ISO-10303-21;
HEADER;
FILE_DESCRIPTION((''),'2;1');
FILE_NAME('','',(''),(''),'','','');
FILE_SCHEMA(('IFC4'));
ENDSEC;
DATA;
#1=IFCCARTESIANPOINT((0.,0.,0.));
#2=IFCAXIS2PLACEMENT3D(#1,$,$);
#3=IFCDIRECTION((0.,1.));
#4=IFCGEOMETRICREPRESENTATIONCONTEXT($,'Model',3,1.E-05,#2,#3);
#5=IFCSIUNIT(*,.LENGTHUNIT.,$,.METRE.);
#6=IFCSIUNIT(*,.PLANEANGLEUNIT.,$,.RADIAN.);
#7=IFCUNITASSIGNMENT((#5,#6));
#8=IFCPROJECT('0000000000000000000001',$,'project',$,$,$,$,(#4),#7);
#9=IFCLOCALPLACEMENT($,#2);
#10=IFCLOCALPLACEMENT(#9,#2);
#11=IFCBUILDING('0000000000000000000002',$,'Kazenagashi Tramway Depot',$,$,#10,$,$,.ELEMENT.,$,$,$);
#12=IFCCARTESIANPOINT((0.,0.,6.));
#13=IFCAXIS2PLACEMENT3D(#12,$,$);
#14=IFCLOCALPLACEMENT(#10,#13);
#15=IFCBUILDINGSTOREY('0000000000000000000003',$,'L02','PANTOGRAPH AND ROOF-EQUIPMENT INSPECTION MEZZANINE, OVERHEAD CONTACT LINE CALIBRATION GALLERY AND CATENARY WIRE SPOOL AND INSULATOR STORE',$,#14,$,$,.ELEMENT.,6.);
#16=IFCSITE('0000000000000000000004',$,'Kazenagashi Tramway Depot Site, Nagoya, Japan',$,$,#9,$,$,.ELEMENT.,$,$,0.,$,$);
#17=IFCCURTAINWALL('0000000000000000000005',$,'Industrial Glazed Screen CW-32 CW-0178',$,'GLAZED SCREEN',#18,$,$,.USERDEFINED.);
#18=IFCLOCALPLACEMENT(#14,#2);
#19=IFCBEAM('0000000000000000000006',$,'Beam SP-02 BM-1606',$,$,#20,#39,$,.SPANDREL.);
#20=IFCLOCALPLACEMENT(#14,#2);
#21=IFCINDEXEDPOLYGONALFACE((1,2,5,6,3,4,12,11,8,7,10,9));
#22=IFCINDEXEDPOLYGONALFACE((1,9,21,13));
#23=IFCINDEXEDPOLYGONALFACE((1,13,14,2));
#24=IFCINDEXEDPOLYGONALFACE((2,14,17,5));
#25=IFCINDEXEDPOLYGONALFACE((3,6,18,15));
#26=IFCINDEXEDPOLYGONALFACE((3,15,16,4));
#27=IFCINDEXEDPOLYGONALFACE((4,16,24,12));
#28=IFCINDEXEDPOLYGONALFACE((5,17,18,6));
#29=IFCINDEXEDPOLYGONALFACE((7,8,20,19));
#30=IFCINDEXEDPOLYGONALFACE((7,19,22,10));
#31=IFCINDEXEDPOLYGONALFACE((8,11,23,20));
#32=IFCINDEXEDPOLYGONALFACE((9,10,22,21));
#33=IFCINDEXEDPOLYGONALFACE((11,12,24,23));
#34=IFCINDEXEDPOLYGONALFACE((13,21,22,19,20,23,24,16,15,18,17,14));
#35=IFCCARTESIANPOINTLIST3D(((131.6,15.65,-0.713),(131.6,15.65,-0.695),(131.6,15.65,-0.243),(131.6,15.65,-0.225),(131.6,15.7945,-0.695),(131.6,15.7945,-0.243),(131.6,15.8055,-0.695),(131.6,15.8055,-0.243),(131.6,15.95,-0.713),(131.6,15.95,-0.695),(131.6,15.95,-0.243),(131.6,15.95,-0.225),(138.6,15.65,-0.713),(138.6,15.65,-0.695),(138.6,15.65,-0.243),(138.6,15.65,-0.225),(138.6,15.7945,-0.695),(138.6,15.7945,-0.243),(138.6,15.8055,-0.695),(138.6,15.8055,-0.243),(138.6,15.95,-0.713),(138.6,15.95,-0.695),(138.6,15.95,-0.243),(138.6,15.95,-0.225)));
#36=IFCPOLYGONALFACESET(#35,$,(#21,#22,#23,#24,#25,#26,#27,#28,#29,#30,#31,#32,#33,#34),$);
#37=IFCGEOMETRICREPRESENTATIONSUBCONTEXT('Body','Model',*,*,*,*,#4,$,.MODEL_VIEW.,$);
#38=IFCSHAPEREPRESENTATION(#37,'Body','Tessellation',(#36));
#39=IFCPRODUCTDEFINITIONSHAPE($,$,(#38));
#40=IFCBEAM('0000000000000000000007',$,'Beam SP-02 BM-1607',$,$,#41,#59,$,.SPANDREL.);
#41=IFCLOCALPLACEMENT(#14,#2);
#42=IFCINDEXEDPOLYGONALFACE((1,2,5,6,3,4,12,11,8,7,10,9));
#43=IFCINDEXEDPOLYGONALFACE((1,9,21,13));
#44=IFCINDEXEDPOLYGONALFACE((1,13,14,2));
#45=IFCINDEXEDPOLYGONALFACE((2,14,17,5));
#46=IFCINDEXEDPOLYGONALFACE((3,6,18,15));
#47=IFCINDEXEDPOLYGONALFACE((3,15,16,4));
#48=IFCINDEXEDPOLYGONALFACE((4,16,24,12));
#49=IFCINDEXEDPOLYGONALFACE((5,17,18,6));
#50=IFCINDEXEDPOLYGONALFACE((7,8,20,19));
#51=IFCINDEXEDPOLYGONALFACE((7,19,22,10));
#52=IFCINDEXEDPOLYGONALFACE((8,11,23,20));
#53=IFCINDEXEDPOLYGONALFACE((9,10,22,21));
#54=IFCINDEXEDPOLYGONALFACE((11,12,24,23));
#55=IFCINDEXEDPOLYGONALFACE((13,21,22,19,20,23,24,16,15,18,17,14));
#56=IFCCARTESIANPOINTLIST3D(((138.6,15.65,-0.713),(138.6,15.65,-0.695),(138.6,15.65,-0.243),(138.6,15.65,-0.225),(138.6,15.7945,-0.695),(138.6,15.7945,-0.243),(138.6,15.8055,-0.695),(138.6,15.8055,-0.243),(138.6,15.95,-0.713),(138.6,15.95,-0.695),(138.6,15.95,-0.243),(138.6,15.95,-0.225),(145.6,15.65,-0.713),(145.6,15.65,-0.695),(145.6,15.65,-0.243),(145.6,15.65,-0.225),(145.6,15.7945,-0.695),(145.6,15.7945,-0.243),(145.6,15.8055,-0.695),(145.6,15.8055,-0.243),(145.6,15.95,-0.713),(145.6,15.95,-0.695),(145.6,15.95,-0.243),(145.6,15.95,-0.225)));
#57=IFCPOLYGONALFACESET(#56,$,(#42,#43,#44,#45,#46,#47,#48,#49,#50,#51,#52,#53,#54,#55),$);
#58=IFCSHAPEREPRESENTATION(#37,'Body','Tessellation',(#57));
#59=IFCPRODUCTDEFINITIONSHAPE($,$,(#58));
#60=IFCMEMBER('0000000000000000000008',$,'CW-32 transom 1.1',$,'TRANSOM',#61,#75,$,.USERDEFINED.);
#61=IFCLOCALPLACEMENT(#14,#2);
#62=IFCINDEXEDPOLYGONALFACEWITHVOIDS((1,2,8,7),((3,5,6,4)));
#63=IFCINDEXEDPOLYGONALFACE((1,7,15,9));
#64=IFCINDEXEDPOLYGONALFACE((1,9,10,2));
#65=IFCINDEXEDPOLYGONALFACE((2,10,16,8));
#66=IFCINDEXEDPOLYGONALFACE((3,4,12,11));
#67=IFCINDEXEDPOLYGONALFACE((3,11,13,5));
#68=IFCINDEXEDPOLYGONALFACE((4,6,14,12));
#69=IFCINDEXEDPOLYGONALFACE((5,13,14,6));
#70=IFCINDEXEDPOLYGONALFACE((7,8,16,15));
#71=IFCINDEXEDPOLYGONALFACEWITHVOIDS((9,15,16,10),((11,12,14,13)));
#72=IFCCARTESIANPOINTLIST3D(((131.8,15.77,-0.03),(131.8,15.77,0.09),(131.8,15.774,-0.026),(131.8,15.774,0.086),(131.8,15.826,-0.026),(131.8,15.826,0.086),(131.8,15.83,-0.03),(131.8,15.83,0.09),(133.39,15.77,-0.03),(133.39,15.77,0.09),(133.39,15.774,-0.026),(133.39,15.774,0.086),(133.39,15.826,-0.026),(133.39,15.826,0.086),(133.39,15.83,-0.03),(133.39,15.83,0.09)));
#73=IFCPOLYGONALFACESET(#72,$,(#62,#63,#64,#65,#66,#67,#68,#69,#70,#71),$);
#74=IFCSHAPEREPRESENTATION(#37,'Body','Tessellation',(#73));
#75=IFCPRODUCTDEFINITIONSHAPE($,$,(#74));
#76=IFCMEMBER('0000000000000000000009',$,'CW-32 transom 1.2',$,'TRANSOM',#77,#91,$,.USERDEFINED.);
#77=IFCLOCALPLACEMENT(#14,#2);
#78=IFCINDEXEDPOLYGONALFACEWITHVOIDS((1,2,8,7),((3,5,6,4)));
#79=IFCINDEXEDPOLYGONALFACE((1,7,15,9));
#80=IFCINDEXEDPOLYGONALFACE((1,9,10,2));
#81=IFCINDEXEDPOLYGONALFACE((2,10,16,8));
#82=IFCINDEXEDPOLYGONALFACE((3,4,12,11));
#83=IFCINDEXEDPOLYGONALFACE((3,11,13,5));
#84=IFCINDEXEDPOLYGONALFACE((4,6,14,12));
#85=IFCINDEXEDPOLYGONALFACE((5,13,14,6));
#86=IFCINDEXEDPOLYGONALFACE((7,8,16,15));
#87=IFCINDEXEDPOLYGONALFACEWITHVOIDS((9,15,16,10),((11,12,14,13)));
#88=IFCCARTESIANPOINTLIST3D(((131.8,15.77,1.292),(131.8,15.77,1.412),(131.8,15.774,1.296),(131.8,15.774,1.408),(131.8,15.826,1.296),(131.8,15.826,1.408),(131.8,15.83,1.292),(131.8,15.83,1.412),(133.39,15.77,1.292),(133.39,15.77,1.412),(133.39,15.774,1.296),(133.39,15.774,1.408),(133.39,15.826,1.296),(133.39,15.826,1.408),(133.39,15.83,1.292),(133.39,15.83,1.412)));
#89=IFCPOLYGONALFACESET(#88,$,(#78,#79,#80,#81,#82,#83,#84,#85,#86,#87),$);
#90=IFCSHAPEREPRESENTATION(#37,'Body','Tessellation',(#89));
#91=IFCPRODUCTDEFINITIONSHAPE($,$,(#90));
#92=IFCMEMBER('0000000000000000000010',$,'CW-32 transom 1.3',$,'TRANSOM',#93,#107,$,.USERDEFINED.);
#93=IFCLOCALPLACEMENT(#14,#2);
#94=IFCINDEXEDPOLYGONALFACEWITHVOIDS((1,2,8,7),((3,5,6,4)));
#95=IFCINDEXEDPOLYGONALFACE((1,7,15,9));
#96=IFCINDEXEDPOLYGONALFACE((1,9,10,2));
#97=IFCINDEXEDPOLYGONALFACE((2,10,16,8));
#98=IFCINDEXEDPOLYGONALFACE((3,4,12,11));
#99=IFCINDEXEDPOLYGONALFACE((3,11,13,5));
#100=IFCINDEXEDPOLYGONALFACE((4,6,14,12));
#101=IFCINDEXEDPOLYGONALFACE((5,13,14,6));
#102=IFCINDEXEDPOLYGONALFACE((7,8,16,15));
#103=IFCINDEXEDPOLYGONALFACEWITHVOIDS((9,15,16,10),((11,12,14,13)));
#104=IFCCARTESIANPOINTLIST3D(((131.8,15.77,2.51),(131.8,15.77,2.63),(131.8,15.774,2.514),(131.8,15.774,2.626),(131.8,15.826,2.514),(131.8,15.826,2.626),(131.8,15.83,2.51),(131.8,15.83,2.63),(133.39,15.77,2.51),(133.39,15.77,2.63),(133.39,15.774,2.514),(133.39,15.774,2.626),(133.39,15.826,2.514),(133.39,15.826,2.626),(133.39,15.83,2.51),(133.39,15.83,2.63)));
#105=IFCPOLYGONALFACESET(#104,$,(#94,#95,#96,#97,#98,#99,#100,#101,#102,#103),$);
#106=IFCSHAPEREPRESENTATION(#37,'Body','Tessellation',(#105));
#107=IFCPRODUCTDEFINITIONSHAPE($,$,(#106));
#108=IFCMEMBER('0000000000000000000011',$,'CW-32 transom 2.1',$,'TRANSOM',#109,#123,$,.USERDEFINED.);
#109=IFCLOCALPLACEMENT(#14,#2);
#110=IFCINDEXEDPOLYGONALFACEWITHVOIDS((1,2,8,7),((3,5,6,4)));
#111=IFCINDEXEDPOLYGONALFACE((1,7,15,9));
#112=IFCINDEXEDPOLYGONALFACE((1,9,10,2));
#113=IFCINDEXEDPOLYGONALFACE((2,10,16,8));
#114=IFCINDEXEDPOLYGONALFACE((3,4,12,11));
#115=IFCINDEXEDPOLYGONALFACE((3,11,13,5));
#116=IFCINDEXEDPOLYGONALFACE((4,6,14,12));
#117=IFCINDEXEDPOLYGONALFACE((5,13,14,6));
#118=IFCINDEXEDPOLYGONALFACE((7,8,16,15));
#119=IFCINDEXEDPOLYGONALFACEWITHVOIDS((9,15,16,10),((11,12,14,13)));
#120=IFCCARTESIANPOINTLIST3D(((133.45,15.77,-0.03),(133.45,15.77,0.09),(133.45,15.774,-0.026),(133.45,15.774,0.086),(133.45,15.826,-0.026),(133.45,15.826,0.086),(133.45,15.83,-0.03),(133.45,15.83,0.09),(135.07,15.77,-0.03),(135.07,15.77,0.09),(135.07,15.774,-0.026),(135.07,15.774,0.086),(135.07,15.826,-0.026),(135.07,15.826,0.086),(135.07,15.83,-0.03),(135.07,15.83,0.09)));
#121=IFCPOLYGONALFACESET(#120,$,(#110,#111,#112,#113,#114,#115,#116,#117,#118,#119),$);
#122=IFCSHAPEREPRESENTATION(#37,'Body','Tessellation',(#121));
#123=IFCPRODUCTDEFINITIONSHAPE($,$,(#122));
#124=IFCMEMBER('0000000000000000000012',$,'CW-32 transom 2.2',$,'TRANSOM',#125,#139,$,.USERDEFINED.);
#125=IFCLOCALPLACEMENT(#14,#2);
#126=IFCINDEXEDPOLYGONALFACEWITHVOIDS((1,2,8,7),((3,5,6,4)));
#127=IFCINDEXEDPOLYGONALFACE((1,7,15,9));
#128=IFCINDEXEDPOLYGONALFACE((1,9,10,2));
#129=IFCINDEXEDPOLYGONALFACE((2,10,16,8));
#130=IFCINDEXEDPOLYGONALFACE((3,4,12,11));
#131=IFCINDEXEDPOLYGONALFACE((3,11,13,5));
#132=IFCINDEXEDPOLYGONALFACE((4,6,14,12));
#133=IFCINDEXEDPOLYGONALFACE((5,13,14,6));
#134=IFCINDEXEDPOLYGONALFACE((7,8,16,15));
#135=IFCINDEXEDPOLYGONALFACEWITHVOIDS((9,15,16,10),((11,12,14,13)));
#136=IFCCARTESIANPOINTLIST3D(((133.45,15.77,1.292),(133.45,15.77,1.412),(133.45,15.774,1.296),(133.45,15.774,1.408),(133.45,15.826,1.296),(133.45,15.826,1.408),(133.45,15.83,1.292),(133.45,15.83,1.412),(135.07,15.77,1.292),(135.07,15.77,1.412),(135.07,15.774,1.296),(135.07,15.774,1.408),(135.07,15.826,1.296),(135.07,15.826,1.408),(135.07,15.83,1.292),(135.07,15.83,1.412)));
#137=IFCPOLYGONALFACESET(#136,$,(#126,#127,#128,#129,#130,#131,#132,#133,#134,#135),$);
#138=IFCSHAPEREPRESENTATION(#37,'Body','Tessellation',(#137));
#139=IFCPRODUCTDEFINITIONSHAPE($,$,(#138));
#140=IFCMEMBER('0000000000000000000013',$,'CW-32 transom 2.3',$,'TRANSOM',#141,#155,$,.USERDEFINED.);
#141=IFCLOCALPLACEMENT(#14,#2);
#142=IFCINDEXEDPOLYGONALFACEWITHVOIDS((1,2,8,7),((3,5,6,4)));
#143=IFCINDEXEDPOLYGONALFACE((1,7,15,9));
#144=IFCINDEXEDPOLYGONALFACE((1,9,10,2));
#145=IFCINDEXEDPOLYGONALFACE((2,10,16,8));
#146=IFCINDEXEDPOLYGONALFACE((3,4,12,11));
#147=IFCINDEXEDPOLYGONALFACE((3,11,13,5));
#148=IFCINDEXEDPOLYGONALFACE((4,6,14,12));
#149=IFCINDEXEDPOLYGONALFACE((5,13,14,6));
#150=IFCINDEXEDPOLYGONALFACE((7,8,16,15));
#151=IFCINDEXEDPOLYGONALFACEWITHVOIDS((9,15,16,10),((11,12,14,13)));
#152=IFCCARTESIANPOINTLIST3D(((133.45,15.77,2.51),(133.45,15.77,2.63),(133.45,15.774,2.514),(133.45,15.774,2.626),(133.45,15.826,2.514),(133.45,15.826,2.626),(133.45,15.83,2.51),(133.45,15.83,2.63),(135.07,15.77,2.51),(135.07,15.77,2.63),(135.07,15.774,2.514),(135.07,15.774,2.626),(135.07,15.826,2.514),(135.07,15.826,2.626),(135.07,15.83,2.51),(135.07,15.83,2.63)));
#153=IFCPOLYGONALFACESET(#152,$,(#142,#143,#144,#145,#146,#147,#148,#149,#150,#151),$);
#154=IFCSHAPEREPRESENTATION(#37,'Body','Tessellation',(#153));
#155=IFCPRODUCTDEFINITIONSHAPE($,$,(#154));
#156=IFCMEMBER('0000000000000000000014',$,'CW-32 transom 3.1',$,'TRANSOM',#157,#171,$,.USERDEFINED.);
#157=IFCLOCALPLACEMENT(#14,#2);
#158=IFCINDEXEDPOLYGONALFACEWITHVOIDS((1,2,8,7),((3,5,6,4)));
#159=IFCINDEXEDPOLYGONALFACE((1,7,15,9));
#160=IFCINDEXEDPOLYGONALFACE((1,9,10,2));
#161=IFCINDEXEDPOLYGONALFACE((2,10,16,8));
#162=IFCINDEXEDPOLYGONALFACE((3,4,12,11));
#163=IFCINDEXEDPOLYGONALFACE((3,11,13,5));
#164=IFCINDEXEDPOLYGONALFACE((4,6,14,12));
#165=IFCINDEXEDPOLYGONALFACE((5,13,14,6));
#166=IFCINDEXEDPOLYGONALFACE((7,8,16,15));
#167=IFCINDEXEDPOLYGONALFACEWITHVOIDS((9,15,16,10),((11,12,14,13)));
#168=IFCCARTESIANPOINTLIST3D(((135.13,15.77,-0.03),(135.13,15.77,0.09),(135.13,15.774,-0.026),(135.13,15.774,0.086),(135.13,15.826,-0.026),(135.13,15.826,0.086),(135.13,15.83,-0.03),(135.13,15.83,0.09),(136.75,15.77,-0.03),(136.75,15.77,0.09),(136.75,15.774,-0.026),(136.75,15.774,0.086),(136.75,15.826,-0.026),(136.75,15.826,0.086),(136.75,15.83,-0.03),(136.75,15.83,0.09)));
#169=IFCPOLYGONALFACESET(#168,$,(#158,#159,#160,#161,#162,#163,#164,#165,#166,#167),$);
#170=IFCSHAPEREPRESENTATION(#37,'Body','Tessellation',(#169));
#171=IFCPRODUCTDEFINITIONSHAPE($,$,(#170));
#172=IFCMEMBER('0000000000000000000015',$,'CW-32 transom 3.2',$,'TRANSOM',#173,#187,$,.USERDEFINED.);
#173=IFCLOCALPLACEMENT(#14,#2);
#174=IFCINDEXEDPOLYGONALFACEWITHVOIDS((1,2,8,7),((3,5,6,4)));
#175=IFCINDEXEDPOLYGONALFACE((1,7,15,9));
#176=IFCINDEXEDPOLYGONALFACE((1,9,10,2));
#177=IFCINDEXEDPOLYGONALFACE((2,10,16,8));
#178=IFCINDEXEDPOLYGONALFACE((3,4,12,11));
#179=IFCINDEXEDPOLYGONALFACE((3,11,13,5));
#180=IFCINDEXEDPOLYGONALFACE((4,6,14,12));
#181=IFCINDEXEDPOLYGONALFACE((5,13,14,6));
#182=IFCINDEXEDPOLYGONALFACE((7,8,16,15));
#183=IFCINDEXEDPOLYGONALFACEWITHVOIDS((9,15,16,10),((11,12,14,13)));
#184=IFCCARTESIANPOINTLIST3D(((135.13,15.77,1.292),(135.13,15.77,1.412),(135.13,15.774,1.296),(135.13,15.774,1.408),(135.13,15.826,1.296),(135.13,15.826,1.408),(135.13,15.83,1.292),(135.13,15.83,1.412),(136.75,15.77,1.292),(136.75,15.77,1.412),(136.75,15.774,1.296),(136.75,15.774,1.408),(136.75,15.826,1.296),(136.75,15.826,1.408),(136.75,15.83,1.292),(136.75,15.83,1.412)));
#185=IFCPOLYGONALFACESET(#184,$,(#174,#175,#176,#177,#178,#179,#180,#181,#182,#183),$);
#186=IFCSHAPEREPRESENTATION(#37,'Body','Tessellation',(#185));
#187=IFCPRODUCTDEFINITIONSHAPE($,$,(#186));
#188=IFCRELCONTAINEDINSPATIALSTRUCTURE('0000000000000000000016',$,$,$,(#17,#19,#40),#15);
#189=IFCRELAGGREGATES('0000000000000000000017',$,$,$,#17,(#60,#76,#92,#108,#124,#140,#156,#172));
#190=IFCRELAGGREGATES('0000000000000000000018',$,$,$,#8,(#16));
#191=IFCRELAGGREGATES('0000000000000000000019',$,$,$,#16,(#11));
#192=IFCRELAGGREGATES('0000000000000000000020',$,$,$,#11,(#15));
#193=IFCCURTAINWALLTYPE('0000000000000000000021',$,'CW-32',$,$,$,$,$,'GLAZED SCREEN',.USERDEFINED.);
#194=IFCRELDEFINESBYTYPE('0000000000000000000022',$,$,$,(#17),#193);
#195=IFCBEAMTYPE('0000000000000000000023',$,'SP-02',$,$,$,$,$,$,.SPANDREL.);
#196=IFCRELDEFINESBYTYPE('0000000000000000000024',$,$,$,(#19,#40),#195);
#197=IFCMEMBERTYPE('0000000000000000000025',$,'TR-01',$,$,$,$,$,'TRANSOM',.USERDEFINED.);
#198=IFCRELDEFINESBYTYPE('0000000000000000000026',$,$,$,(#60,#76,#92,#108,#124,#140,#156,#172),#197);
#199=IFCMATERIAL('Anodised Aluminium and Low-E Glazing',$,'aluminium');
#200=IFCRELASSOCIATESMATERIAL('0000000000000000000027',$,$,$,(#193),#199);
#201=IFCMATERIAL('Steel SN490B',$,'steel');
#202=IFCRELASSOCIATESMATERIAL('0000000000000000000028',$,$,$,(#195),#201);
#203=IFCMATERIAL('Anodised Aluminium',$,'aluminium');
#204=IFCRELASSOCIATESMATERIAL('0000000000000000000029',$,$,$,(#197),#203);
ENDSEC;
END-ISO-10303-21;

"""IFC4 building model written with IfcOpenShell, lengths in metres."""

from ifc_helpers import new_model, si_unit, direction, frame, origin, origin_2d, place, context, subcontext, project, spatial, hollow_rectangle, i_section, extrude, material, material_profile, profile_set, type_object, element, aggregate, save


model = new_model("IFC4")

# Units and contexts
model_context = context("Model", 3, precision=1e-05, world=origin(), true_north=direction((0.0, 1.0)))
body_context = subcontext(model_context, "Body", "Model", "MODEL_VIEW")
ifc_project = project(units=[si_unit("LENGTHUNIT", "METRE"), si_unit("PLANEANGLEUNIT", "RADIAN")], contexts=[model_context])

# Site, building, storey
site_placement = place(None, origin())
site = spatial("IfcSite", under=ifc_project, at=site_placement, Name="Kazenagashi Tramway Depot Site, Nagoya, Japan", CompositionType="ELEMENT", RefElevation=0.0)
building_placement = place(site_placement, origin())
building = spatial("IfcBuilding", under=site, at=building_placement, Name="Kazenagashi Tramway Depot", CompositionType="ELEMENT")
storey_placement = place(building_placement, frame((0.0, 0.0, 6.0)))
storey = spatial("IfcBuildingStorey", under=building, at=storey_placement, Name="L02", Description="PANTOGRAPH AND ROOF-EQUIPMENT INSPECTION MEZZANINE, OVERHEAD CONTACT LINE CALIBRATION GALLERY AND CATENARY WIRE SPOOL AND INSULATOR STORE", CompositionType="ELEMENT", Elevation=6.0)

# Curtain wall
ifc_material_1 = material(Name="Anodised Aluminium and Low-E Glazing", Category="aluminium")
curtain_wall_type = type_object("IfcCurtainWallType", Name="CW-32", ElementType="GLAZED SCREEN", PredefinedType="USERDEFINED", material=ifc_material_1)
curtain_wall_1_placement = place(storey_placement, origin())
curtain_wall_1 = element("IfcCurtainWall", 1, at=curtain_wall_1_placement, inside=storey, type_object=curtain_wall_type, Name="Industrial Glazed Screen CW-32 CW-0178", ObjectType="GLAZED SCREEN", PredefinedType="USERDEFINED")
ifc_material_2 = material(Name="Anodised Aluminium", Category="aluminium")

# Beams
ifc_material_3 = material(Name="Steel SN490B", Category="steel")
ifc_material_profile_1 = material_profile(ifc_material_3, i_section(OverallWidth=0.3, OverallDepth=0.488, WebThickness=0.011, FlangeThickness=0.018, at=origin_2d()), Name="H-488x300x11x18")
ifc_profile_set_1 = profile_set([ifc_material_profile_1], Name="Steel SN490B")
beam_type_1 = type_object("IfcBeamType", Name="SP-02", PredefinedType="SPANDREL", material=ifc_profile_set_1)
for number, where, z_axis, x_axis, name in (
    (2, (131.6, 15.8, -0.469), (1.0, 0.0, 0.0), (0.0, 1.0, 0.0), "Beam SP-02 BM-1606"),
    (3, (138.6, 15.8, -0.469), (1.0, 0.0, 0.0), (0.0, 1.0, 0.0), "Beam SP-02 BM-1607"),
):
    element("IfcBeam", number, at=place(storey_placement, frame(where, z_axis=z_axis, x_axis=x_axis)), inside=storey, type_object=beam_type_1, Name=name, PredefinedType="SPANDREL", context=body_context, shape_type="SweptSolid", body=[
        extrude(i_section(OverallWidth=0.3, OverallDepth=0.488, WebThickness=0.011, FlangeThickness=0.018, at=origin_2d()), origin(), (0.0, 0.0, 1.0), 7.0),
    ])

# Members
ifc_material_profile_2 = material_profile(ifc_material_2, hollow_rectangle(XDim=0.06, YDim=0.12, WallThickness=0.004, at=origin_2d()), Name="RHS-120x60x4")
ifc_profile_set_2 = profile_set([ifc_material_profile_2], Name="Anodised Aluminium")
member_type_1 = type_object("IfcMemberType", Name="TR-01", ElementType="TRANSOM", PredefinedType="USERDEFINED", material=ifc_profile_set_2)
member_1_placement = place(storey_placement, frame((131.8, 15.8, 0.03), z_axis=(1.0, 0.0, 0.0), x_axis=(0.0, 1.0, 0.0)))
member_1 = element("IfcMember", 4, at=member_1_placement, type_object=member_type_1, Name="CW-32 transom 1.1", ObjectType="TRANSOM", PredefinedType="USERDEFINED", context=body_context, shape_type="SweptSolid", body=[
    extrude(hollow_rectangle(XDim=0.06, YDim=0.12, WallThickness=0.004, at=origin_2d()), origin(), (0.0, 0.0, 1.0), 1.59),
])
member_2_placement = place(storey_placement, frame((131.8, 15.8, 1.352), z_axis=(1.0, 0.0, 0.0), x_axis=(0.0, 1.0, 0.0)))
member_2 = element("IfcMember", 5, at=member_2_placement, type_object=member_type_1, Name="CW-32 transom 1.2", ObjectType="TRANSOM", PredefinedType="USERDEFINED", context=body_context, shape_type="SweptSolid", body=[
    extrude(hollow_rectangle(XDim=0.06, YDim=0.12, WallThickness=0.004, at=origin_2d()), origin(), (0.0, 0.0, 1.0), 1.59),
])
member_3_placement = place(storey_placement, frame((131.8, 15.8, 2.57), z_axis=(1.0, 0.0, 0.0), x_axis=(0.0, 1.0, 0.0)))
member_3 = element("IfcMember", 6, at=member_3_placement, type_object=member_type_1, Name="CW-32 transom 1.3", ObjectType="TRANSOM", PredefinedType="USERDEFINED", context=body_context, shape_type="SweptSolid", body=[
    extrude(hollow_rectangle(XDim=0.06, YDim=0.12, WallThickness=0.004, at=origin_2d()), origin(), (0.0, 0.0, 1.0), 1.59),
])
member_4_placement = place(storey_placement, frame((133.45, 15.8, 0.03), z_axis=(1.0, 0.0, 0.0), x_axis=(0.0, 1.0, 0.0)))
member_4 = element("IfcMember", 7, at=member_4_placement, type_object=member_type_1, Name="CW-32 transom 2.1", ObjectType="TRANSOM", PredefinedType="USERDEFINED", context=body_context, shape_type="SweptSolid", body=[
    extrude(hollow_rectangle(XDim=0.06, YDim=0.12, WallThickness=0.004, at=origin_2d()), origin(), (0.0, 0.0, 1.0), 1.62),
])
member_5_placement = place(storey_placement, frame((133.45, 15.8, 1.352), z_axis=(1.0, 0.0, 0.0), x_axis=(0.0, 1.0, 0.0)))
member_5 = element("IfcMember", 8, at=member_5_placement, type_object=member_type_1, Name="CW-32 transom 2.2", ObjectType="TRANSOM", PredefinedType="USERDEFINED", context=body_context, shape_type="SweptSolid", body=[
    extrude(hollow_rectangle(XDim=0.06, YDim=0.12, WallThickness=0.004, at=origin_2d()), origin(), (0.0, 0.0, 1.0), 1.62),
])
member_6_placement = place(storey_placement, frame((133.45, 15.8, 2.57), z_axis=(1.0, 0.0, 0.0), x_axis=(0.0, 1.0, 0.0)))
member_6 = element("IfcMember", 9, at=member_6_placement, type_object=member_type_1, Name="CW-32 transom 2.3", ObjectType="TRANSOM", PredefinedType="USERDEFINED", context=body_context, shape_type="SweptSolid", body=[
    extrude(hollow_rectangle(XDim=0.06, YDim=0.12, WallThickness=0.004, at=origin_2d()), origin(), (0.0, 0.0, 1.0), 1.62),
])
member_7_placement = place(storey_placement, frame((135.13, 15.8, 0.03), z_axis=(1.0, 0.0, 0.0), x_axis=(0.0, 1.0, 0.0)))
member_7 = element("IfcMember", 10, at=member_7_placement, type_object=member_type_1, Name="CW-32 transom 3.1", ObjectType="TRANSOM", PredefinedType="USERDEFINED", context=body_context, shape_type="SweptSolid", body=[
    extrude(hollow_rectangle(XDim=0.06, YDim=0.12, WallThickness=0.004, at=origin_2d()), origin(), (0.0, 0.0, 1.0), 1.62),
])
member_8_placement = place(storey_placement, frame((135.13, 15.8, 1.352), z_axis=(1.0, 0.0, 0.0), x_axis=(0.0, 1.0, 0.0)))
member_8 = element("IfcMember", 11, at=member_8_placement, type_object=member_type_1, Name="CW-32 transom 3.2", ObjectType="TRANSOM", PredefinedType="USERDEFINED", context=body_context, shape_type="SweptSolid", body=[
    extrude(hollow_rectangle(XDim=0.06, YDim=0.12, WallThickness=0.004, at=origin_2d()), origin(), (0.0, 0.0, 1.0), 1.62),
])

aggregate(curtain_wall_1, [member_1, member_2, member_3, member_4, member_5, member_6, member_7, member_8])

save(model, "model.ifc")
